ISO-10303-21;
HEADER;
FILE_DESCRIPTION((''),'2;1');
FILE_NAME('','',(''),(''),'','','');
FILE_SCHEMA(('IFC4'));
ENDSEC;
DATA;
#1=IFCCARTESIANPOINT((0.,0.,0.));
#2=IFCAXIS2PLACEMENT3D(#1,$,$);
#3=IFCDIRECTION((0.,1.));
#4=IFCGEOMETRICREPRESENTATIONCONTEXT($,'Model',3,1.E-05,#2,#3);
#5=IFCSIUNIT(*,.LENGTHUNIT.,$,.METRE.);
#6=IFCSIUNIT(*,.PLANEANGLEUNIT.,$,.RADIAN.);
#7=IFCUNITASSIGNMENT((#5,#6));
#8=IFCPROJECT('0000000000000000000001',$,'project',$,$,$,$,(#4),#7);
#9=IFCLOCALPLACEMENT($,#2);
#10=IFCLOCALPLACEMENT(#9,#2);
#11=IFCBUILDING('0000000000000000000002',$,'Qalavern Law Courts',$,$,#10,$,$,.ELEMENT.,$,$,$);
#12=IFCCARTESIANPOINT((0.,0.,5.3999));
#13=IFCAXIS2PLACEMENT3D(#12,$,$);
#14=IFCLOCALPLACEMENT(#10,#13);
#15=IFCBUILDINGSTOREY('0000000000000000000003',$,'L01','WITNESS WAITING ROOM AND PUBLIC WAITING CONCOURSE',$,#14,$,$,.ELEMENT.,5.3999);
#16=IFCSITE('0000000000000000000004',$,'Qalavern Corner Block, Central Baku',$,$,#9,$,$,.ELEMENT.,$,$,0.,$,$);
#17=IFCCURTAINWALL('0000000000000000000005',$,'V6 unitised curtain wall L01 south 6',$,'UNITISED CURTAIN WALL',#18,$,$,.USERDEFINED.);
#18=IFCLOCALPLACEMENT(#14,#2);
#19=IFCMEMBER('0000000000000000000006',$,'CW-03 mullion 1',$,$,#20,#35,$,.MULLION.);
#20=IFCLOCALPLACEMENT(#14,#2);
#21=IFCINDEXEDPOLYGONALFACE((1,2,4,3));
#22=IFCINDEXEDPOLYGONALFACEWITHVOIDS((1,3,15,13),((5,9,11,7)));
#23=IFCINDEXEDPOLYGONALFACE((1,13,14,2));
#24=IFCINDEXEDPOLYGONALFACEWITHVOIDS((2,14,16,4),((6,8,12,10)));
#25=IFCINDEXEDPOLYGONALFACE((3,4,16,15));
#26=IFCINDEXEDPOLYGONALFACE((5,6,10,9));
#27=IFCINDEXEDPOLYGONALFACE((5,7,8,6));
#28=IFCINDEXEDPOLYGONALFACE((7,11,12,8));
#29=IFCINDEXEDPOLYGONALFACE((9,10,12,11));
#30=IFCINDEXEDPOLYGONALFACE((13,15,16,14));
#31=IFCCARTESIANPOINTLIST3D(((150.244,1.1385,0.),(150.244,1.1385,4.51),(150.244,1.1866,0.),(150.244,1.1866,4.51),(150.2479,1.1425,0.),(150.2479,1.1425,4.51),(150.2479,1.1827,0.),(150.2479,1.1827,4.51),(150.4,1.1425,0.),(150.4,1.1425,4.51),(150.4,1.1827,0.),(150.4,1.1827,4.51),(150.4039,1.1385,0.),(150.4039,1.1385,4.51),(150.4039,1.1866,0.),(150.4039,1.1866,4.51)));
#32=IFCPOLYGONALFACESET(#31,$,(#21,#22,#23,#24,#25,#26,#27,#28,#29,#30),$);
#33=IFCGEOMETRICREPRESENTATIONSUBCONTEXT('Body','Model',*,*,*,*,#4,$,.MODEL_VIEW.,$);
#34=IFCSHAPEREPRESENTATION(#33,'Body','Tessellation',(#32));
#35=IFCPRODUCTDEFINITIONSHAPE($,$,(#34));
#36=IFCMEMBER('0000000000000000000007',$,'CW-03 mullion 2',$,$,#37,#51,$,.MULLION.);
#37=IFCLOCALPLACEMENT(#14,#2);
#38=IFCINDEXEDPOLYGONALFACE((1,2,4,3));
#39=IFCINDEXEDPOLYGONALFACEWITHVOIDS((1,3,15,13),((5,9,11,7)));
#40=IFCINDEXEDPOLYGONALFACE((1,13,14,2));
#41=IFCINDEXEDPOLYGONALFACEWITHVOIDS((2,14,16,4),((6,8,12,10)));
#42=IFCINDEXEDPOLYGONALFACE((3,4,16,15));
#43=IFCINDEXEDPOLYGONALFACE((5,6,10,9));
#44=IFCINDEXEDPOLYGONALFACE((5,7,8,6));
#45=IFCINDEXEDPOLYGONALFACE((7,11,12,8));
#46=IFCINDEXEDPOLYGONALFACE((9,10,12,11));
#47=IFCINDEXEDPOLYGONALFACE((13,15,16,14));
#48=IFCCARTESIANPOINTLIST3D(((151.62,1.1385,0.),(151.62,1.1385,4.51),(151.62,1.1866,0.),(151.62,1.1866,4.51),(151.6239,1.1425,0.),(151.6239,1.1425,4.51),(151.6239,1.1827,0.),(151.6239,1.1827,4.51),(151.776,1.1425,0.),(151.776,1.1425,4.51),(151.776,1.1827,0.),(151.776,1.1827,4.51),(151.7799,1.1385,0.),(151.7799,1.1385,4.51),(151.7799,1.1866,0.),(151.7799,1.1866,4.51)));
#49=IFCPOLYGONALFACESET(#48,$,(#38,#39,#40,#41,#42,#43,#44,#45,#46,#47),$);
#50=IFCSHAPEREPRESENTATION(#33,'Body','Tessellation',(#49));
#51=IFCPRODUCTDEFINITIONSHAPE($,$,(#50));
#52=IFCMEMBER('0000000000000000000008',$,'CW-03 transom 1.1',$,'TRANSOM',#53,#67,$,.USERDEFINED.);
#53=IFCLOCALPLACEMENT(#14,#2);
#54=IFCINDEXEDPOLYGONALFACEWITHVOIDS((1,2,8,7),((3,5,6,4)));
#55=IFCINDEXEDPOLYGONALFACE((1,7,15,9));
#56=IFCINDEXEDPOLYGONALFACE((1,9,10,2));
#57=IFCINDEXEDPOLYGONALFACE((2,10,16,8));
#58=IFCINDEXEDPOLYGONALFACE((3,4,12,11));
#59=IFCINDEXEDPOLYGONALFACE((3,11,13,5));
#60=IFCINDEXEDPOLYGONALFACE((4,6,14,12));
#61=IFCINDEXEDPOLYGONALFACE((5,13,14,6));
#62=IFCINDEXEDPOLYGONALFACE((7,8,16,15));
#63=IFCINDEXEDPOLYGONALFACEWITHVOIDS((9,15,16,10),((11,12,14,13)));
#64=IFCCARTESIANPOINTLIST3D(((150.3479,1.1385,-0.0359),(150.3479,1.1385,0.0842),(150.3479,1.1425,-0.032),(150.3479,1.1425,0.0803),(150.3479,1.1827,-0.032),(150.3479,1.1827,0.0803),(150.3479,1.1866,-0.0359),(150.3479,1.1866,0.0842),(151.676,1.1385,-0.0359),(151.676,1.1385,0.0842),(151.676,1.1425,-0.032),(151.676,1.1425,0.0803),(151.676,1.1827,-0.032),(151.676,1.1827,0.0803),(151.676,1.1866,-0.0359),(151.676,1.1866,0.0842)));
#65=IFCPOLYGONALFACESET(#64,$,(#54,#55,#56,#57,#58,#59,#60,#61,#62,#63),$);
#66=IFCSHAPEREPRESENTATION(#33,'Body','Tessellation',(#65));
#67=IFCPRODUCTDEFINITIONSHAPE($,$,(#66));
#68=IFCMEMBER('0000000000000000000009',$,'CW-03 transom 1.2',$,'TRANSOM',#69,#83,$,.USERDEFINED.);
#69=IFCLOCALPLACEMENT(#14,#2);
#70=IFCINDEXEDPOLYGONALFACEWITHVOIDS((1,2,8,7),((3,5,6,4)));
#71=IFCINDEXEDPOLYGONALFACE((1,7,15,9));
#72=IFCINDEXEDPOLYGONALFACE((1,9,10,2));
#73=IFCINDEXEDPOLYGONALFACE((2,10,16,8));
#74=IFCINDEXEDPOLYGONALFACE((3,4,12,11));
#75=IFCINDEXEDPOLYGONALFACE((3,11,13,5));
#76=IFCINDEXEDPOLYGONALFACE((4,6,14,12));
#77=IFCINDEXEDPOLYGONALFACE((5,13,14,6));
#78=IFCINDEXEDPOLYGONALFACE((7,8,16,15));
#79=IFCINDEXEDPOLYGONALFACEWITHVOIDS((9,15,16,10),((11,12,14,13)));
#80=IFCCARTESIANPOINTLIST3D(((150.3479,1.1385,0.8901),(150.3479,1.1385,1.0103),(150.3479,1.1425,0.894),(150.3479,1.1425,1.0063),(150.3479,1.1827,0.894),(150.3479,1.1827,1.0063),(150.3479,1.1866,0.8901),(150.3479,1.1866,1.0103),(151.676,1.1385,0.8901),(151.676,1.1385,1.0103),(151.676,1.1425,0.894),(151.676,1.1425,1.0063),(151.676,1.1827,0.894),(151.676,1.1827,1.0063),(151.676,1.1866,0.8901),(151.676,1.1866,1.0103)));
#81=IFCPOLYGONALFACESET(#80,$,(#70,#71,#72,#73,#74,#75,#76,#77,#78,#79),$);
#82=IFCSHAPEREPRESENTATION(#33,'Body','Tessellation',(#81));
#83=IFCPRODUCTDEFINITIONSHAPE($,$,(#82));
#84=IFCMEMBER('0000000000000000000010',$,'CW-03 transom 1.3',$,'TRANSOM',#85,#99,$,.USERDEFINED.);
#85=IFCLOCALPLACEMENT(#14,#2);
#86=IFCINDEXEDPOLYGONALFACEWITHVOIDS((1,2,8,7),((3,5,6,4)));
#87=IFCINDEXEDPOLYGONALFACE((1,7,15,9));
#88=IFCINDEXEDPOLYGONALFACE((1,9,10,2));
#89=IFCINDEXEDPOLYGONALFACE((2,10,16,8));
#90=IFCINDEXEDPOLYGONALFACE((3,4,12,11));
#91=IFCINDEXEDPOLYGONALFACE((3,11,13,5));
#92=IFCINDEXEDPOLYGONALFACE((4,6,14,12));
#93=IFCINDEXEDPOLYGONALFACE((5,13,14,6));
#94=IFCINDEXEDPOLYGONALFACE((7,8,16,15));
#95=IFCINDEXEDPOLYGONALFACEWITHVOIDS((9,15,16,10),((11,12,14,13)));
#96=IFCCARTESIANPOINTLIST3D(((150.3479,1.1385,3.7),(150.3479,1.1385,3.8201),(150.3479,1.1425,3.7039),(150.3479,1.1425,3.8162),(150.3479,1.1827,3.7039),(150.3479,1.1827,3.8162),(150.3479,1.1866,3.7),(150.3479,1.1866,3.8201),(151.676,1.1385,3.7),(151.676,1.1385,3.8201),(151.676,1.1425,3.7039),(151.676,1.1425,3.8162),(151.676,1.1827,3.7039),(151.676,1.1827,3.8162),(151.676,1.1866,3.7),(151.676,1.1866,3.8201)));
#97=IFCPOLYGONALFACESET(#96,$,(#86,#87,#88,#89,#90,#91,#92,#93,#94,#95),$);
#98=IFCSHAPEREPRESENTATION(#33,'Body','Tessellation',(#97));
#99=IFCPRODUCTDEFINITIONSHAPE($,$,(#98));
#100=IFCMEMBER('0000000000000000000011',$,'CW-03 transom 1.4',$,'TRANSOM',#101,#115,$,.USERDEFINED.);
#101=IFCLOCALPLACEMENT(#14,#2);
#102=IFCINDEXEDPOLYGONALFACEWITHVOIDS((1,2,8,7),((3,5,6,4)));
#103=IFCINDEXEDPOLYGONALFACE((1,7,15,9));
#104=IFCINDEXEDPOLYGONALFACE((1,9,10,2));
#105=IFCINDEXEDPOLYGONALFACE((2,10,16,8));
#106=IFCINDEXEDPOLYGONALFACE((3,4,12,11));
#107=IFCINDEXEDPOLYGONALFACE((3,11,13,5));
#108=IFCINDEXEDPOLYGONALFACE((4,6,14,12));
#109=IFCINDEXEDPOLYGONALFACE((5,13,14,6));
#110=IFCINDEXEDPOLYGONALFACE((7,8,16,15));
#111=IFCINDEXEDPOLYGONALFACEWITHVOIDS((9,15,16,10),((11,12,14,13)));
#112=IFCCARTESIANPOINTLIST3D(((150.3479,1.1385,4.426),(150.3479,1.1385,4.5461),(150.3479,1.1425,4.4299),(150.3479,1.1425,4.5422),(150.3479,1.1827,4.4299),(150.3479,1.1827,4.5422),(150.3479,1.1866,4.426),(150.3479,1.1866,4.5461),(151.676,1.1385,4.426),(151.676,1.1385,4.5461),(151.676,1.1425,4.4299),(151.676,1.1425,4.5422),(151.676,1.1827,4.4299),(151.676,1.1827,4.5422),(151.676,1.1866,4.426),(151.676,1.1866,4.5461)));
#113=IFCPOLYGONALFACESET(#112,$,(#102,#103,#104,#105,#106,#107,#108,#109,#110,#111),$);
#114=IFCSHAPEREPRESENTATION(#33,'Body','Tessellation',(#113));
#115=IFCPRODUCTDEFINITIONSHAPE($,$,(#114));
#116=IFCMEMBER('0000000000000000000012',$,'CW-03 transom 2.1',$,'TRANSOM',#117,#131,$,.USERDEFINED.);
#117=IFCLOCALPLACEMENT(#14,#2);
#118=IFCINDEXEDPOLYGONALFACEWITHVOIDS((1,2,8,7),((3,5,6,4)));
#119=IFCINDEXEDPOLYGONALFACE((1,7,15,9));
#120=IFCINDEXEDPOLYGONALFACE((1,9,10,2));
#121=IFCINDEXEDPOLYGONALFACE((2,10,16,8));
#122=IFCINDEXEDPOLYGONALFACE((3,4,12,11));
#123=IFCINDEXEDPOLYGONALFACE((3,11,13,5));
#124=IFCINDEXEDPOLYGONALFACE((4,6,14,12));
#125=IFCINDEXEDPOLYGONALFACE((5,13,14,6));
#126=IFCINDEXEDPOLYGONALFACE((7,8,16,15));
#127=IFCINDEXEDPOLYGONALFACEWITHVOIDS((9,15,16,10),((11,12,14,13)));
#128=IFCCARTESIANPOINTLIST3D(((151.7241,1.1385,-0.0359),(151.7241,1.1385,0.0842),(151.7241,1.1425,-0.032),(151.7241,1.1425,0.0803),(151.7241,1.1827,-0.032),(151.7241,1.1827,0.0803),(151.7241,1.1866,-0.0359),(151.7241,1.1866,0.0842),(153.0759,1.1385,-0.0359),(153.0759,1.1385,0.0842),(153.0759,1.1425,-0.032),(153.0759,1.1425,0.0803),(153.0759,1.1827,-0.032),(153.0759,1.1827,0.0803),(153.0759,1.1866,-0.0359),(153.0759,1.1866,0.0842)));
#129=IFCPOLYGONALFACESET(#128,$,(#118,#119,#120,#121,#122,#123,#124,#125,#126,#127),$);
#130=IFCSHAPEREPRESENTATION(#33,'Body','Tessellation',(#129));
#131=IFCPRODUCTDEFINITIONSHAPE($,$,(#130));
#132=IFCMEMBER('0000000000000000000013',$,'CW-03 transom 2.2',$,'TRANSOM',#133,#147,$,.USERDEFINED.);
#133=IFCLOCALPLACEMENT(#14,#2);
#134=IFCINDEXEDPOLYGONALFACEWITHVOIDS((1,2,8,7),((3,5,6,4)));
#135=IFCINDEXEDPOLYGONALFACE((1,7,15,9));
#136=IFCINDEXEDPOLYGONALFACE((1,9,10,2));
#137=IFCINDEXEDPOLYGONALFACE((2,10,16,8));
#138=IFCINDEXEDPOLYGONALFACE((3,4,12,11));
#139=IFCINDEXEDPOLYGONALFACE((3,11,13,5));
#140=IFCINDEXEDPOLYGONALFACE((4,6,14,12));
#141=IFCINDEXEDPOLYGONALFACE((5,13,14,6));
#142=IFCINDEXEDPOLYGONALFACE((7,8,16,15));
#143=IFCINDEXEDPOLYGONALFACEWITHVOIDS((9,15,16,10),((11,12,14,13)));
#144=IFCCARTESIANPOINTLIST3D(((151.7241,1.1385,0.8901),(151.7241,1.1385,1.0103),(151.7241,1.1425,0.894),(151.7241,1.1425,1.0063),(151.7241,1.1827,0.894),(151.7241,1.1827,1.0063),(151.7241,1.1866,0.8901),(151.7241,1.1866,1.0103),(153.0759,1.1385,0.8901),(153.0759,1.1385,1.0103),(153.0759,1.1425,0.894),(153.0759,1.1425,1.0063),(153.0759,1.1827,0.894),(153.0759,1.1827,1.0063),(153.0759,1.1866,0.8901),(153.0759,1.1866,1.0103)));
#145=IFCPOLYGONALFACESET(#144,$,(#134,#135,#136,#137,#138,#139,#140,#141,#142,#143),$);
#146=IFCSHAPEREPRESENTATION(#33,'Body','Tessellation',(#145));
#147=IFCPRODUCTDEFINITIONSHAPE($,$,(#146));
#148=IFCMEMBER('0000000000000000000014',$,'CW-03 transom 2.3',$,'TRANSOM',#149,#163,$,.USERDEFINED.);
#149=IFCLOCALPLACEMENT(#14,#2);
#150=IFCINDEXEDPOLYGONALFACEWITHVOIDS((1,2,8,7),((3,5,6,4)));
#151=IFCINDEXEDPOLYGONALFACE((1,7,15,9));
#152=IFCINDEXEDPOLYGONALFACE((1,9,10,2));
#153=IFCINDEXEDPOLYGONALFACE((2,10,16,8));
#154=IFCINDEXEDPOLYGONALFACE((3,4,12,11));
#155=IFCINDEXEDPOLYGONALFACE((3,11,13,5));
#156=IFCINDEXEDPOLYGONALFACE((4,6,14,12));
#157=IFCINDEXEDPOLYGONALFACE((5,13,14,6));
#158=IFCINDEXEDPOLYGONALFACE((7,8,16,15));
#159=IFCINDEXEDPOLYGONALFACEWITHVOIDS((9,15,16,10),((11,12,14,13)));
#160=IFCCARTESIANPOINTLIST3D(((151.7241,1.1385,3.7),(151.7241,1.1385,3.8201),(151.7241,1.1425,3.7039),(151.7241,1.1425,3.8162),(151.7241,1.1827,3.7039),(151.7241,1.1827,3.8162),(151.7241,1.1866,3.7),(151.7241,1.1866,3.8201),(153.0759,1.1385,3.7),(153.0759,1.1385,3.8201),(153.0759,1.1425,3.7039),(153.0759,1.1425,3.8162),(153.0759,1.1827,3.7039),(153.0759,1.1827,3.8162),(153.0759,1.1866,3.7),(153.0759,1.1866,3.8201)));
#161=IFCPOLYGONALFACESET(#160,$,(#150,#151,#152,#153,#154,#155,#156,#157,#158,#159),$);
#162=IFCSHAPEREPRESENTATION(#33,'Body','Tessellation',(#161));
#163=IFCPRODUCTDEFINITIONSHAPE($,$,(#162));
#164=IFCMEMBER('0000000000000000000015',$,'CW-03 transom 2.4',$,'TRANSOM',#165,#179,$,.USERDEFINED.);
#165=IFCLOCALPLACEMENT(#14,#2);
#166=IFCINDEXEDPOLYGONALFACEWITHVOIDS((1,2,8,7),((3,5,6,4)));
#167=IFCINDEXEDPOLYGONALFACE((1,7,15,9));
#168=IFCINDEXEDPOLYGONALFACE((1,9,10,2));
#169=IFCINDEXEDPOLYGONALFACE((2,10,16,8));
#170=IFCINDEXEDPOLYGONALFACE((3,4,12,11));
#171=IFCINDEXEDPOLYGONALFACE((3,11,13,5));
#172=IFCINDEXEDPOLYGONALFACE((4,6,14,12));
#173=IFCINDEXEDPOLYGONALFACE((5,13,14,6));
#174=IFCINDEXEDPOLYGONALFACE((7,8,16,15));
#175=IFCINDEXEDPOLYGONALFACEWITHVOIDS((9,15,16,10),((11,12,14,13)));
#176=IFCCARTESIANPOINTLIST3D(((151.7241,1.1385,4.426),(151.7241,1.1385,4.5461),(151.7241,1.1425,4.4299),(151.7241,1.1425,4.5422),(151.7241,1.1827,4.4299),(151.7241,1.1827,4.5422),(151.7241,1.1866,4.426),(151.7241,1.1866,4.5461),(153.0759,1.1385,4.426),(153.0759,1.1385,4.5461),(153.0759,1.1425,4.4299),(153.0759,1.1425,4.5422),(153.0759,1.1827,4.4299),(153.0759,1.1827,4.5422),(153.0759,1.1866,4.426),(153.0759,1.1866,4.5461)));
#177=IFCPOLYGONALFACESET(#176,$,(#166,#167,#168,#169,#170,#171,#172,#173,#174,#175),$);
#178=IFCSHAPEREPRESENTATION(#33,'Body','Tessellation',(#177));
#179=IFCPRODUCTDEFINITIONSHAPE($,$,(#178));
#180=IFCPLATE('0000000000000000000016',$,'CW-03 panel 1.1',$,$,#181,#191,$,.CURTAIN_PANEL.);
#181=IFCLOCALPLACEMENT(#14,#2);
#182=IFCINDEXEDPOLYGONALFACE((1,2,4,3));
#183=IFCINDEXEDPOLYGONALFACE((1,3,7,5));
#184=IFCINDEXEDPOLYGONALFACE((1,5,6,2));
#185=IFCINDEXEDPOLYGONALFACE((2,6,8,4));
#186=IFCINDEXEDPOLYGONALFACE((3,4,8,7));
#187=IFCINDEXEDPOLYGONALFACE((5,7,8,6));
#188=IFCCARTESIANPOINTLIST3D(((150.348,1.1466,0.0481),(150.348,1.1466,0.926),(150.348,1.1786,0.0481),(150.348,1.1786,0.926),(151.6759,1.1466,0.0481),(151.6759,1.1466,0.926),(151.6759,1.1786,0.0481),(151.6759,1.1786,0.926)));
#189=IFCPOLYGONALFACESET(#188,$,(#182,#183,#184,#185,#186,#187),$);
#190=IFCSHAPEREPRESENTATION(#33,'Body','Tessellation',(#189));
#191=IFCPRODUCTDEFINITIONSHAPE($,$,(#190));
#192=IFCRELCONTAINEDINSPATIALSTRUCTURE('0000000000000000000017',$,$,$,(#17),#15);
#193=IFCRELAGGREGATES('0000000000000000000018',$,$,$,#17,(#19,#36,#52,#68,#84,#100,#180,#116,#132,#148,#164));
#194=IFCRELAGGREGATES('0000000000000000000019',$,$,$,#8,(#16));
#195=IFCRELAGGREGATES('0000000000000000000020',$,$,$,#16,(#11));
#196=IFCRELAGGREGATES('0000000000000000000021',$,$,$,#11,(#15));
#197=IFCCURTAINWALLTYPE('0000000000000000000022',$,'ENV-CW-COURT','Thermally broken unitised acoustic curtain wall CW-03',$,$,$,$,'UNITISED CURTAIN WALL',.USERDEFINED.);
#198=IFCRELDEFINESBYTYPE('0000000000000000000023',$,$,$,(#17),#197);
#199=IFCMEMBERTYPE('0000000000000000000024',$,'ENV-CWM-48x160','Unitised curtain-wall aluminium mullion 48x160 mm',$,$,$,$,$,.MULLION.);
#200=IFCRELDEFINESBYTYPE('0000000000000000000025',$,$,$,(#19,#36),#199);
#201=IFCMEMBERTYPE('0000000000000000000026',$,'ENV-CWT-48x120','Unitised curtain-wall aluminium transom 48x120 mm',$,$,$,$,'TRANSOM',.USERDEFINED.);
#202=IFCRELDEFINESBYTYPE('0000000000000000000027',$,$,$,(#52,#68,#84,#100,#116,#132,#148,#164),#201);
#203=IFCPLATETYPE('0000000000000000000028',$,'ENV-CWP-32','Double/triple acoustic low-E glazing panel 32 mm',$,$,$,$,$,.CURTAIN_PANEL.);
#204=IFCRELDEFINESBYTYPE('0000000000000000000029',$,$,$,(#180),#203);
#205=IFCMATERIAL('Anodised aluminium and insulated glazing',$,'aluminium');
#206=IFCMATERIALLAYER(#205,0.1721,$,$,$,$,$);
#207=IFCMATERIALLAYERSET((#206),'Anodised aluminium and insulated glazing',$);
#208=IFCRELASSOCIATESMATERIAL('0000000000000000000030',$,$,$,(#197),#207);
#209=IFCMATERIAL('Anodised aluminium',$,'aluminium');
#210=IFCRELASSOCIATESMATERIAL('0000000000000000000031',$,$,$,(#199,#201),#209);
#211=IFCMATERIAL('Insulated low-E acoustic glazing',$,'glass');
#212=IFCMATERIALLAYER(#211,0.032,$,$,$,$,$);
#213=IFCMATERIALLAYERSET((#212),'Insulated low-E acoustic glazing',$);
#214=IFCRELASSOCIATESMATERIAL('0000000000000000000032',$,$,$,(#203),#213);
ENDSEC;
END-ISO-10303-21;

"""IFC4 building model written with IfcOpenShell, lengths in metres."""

from ifc_helpers import new_model, si_unit, direction, frame, origin, origin_2d, place, context, subcontext, project, spatial, rectangle, hollow_rectangle, extrude, material, layer, layer_set, material_profile, profile_set, type_object, element, aggregate, save


model = new_model("IFC4")

# Units and contexts
model_context = context("Model", 3, precision=1e-05, world=origin(), true_north=direction((0.0, 1.0)))
body_context = subcontext(model_context, "Body", "Model", "MODEL_VIEW")
ifc_project = project(units=[si_unit("LENGTHUNIT", "METRE"), si_unit("PLANEANGLEUNIT", "RADIAN")], contexts=[model_context])

# Site, building, storey
site_placement = place(None, origin())
site = spatial("IfcSite", under=ifc_project, at=site_placement, Name="Qalavern Corner Block, Central Baku", CompositionType="ELEMENT", RefElevation=0.0)
building_placement = place(site_placement, origin())
building = spatial("IfcBuilding", under=site, at=building_placement, Name="Qalavern Law Courts", CompositionType="ELEMENT")
storey_placement = place(building_placement, frame((0.0, 0.0, 5.3999)))
storey = spatial("IfcBuildingStorey", under=building, at=storey_placement, Name="L01", Description="WITNESS WAITING ROOM AND PUBLIC WAITING CONCOURSE", CompositionType="ELEMENT", Elevation=5.3999)

# Curtain wall, members, plate
ifc_material_1 = material(Name="Anodised aluminium and insulated glazing", Category="aluminium")
ifc_layer_1 = layer(ifc_material_1, 0.1721)
ifc_layer_set_1 = layer_set([ifc_layer_1], Name="Anodised aluminium and insulated glazing")
curtain_wall_type = type_object("IfcCurtainWallType", Name="ENV-CW-COURT", Description="Thermally broken unitised acoustic curtain wall CW-03", ElementType="UNITISED CURTAIN WALL", PredefinedType="USERDEFINED", material=ifc_layer_set_1)
curtain_wall_placement = place(storey_placement, origin())
curtain_wall = element("IfcCurtainWall", 1, at=curtain_wall_placement, inside=storey, type_object=curtain_wall_type, Name="V6 unitised curtain wall L01 south 6", ObjectType="UNITISED CURTAIN WALL", PredefinedType="USERDEFINED")
ifc_material_2 = material(Name="Anodised aluminium", Category="aluminium")
ifc_material_profile_1 = material_profile(ifc_material_2, hollow_rectangle(XDim=0.0481, YDim=0.1599, WallThickness=0.0039, at=origin_2d()), Name="ALU MULLION 48x160")
ifc_profile_set_1 = profile_set([ifc_material_profile_1], Name="Anodised aluminium")
member_type_1 = type_object("IfcMemberType", Name="ENV-CWM-48x160", Description="Unitised curtain-wall aluminium mullion 48x160 mm", PredefinedType="MULLION", material=ifc_profile_set_1)
member_1_placement = place(storey_placement, frame((150.324, 1.1626, 0.0), z_axis=(0.0, 0.0, 1.0), x_axis=(0.0, 1.0, 0.0)))
member_1 = element("IfcMember", 2, at=member_1_placement, type_object=member_type_1, Name="CW-03 mullion 1", PredefinedType="MULLION", context=body_context, shape_type="SweptSolid", body=[
    extrude(hollow_rectangle(XDim=0.0481, YDim=0.1599, WallThickness=0.0039, at=origin_2d()), origin(), (0.0, 0.0, 1.0), 4.51),
])
member_2_placement = place(storey_placement, frame((151.7, 1.1626, 0.0), z_axis=(0.0, 0.0, 1.0), x_axis=(0.0, 1.0, 0.0)))
member_2 = element("IfcMember", 3, at=member_2_placement, type_object=member_type_1, Name="CW-03 mullion 2", PredefinedType="MULLION", context=body_context, shape_type="SweptSolid", body=[
    extrude(hollow_rectangle(XDim=0.0481, YDim=0.1599, WallThickness=0.0039, at=origin_2d()), origin(), (0.0, 0.0, 1.0), 4.51),
])
ifc_material_profile_2 = material_profile(ifc_material_2, hollow_rectangle(XDim=0.0481, YDim=0.1201, WallThickness=0.0039, at=origin_2d()), Name="ALU TRANSOM 48x120")
ifc_profile_set_2 = profile_set([ifc_material_profile_2], Name="Anodised aluminium")
member_type_2 = type_object("IfcMemberType", Name="ENV-CWT-48x120", Description="Unitised curtain-wall aluminium transom 48x120 mm", ElementType="TRANSOM", PredefinedType="USERDEFINED", material=ifc_profile_set_2)
member_3_placement = place(storey_placement, frame((150.3479, 1.1626, 0.0242), z_axis=(1.0, 0.0, 0.0), x_axis=(0.0, 1.0, 0.0)))
member_3 = element("IfcMember", 4, at=member_3_placement, type_object=member_type_2, Name="CW-03 transom 1.1", ObjectType="TRANSOM", PredefinedType="USERDEFINED", context=body_context, shape_type="SweptSolid", body=[
    extrude(hollow_rectangle(XDim=0.0481, YDim=0.1201, WallThickness=0.0039, at=origin_2d()), origin(), (0.0, 0.0, 1.0), 1.3281),
])
member_4_placement = place(storey_placement, frame((150.3479, 1.1626, 0.9502), z_axis=(1.0, 0.0, 0.0), x_axis=(0.0, 1.0, 0.0)))
member_4 = element("IfcMember", 5, at=member_4_placement, type_object=member_type_2, Name="CW-03 transom 1.2", ObjectType="TRANSOM", PredefinedType="USERDEFINED", context=body_context, shape_type="SweptSolid", body=[
    extrude(hollow_rectangle(XDim=0.0481, YDim=0.1201, WallThickness=0.0039, at=origin_2d()), origin(), (0.0, 0.0, 1.0), 1.3281),
])
member_5_placement = place(storey_placement, frame((150.3479, 1.1626, 3.76), z_axis=(1.0, 0.0, 0.0), x_axis=(0.0, 1.0, 0.0)))
member_5 = element("IfcMember", 6, at=member_5_placement, type_object=member_type_2, Name="CW-03 transom 1.3", ObjectType="TRANSOM", PredefinedType="USERDEFINED", context=body_context, shape_type="SweptSolid", body=[
    extrude(hollow_rectangle(XDim=0.0481, YDim=0.1201, WallThickness=0.0039, at=origin_2d()), origin(), (0.0, 0.0, 1.0), 1.3281),
])
member_6_placement = place(storey_placement, frame((150.3479, 1.1626, 4.4861), z_axis=(1.0, 0.0, 0.0), x_axis=(0.0, 1.0, 0.0)))
member_6 = element("IfcMember", 7, at=member_6_placement, type_object=member_type_2, Name="CW-03 transom 1.4", ObjectType="TRANSOM", PredefinedType="USERDEFINED", context=body_context, shape_type="SweptSolid", body=[
    extrude(hollow_rectangle(XDim=0.0481, YDim=0.1201, WallThickness=0.0039, at=origin_2d()), origin(), (0.0, 0.0, 1.0), 1.3281),
])
member_7_placement = place(storey_placement, frame((151.7241, 1.1626, 0.0242), z_axis=(1.0, 0.0, 0.0), x_axis=(0.0, 1.0, 0.0)))
member_7 = element("IfcMember", 8, at=member_7_placement, type_object=member_type_2, Name="CW-03 transom 2.1", ObjectType="TRANSOM", PredefinedType="USERDEFINED", context=body_context, shape_type="SweptSolid", body=[
    extrude(hollow_rectangle(XDim=0.0481, YDim=0.1201, WallThickness=0.0039, at=origin_2d()), origin(), (0.0, 0.0, 1.0), 1.3518),
])
member_8_placement = place(storey_placement, frame((151.7241, 1.1626, 0.9502), z_axis=(1.0, 0.0, 0.0), x_axis=(0.0, 1.0, 0.0)))
member_8 = element("IfcMember", 9, at=member_8_placement, type_object=member_type_2, Name="CW-03 transom 2.2", ObjectType="TRANSOM", PredefinedType="USERDEFINED", context=body_context, shape_type="SweptSolid", body=[
    extrude(hollow_rectangle(XDim=0.0481, YDim=0.1201, WallThickness=0.0039, at=origin_2d()), origin(), (0.0, 0.0, 1.0), 1.3518),
])
member_9_placement = place(storey_placement, frame((151.7241, 1.1626, 3.76), z_axis=(1.0, 0.0, 0.0), x_axis=(0.0, 1.0, 0.0)))
member_9 = element("IfcMember", 10, at=member_9_placement, type_object=member_type_2, Name="CW-03 transom 2.3", ObjectType="TRANSOM", PredefinedType="USERDEFINED", context=body_context, shape_type="SweptSolid", body=[
    extrude(hollow_rectangle(XDim=0.0481, YDim=0.1201, WallThickness=0.0039, at=origin_2d()), origin(), (0.0, 0.0, 1.0), 1.3518),
])
member_10_placement = place(storey_placement, frame((151.7241, 1.1626, 4.4861), z_axis=(1.0, 0.0, 0.0), x_axis=(0.0, 1.0, 0.0)))
member_10 = element("IfcMember", 11, at=member_10_placement, type_object=member_type_2, Name="CW-03 transom 2.4", ObjectType="TRANSOM", PredefinedType="USERDEFINED", context=body_context, shape_type="SweptSolid", body=[
    extrude(hollow_rectangle(XDim=0.0481, YDim=0.1201, WallThickness=0.0039, at=origin_2d()), origin(), (0.0, 0.0, 1.0), 1.3518),
])
ifc_material_3 = material(Name="Insulated low-E acoustic glazing", Category="glass")
ifc_layer_2 = layer(ifc_material_3, 0.032)
ifc_layer_set_2 = layer_set([ifc_layer_2], Name="Insulated low-E acoustic glazing")
plate_type = type_object("IfcPlateType", Name="ENV-CWP-32", Description="Double/triple acoustic low-E glazing panel 32 mm", PredefinedType="CURTAIN_PANEL", material=ifc_layer_set_2)
plate_1_placement = place(storey_placement, frame((151.012, 1.1626, 0.0481), z_axis=(0.0, 0.0, 1.0), x_axis=(1.0, 0.0, 0.0)))
plate_1 = element("IfcPlate", 12, at=plate_1_placement, type_object=plate_type, Name="CW-03 panel 1.1", PredefinedType="CURTAIN_PANEL", context=body_context, shape_type="SweptSolid", body=[
    extrude(rectangle(XDim=1.3279, YDim=0.032, at=origin_2d()), origin(), (0.0, 0.0, 1.0), 0.8779),
])
aggregate(curtain_wall, [member_1, member_2, member_3, member_4, member_5, member_6, plate_1, member_7, member_8, member_9, member_10])

save(model, "model.ifc")
